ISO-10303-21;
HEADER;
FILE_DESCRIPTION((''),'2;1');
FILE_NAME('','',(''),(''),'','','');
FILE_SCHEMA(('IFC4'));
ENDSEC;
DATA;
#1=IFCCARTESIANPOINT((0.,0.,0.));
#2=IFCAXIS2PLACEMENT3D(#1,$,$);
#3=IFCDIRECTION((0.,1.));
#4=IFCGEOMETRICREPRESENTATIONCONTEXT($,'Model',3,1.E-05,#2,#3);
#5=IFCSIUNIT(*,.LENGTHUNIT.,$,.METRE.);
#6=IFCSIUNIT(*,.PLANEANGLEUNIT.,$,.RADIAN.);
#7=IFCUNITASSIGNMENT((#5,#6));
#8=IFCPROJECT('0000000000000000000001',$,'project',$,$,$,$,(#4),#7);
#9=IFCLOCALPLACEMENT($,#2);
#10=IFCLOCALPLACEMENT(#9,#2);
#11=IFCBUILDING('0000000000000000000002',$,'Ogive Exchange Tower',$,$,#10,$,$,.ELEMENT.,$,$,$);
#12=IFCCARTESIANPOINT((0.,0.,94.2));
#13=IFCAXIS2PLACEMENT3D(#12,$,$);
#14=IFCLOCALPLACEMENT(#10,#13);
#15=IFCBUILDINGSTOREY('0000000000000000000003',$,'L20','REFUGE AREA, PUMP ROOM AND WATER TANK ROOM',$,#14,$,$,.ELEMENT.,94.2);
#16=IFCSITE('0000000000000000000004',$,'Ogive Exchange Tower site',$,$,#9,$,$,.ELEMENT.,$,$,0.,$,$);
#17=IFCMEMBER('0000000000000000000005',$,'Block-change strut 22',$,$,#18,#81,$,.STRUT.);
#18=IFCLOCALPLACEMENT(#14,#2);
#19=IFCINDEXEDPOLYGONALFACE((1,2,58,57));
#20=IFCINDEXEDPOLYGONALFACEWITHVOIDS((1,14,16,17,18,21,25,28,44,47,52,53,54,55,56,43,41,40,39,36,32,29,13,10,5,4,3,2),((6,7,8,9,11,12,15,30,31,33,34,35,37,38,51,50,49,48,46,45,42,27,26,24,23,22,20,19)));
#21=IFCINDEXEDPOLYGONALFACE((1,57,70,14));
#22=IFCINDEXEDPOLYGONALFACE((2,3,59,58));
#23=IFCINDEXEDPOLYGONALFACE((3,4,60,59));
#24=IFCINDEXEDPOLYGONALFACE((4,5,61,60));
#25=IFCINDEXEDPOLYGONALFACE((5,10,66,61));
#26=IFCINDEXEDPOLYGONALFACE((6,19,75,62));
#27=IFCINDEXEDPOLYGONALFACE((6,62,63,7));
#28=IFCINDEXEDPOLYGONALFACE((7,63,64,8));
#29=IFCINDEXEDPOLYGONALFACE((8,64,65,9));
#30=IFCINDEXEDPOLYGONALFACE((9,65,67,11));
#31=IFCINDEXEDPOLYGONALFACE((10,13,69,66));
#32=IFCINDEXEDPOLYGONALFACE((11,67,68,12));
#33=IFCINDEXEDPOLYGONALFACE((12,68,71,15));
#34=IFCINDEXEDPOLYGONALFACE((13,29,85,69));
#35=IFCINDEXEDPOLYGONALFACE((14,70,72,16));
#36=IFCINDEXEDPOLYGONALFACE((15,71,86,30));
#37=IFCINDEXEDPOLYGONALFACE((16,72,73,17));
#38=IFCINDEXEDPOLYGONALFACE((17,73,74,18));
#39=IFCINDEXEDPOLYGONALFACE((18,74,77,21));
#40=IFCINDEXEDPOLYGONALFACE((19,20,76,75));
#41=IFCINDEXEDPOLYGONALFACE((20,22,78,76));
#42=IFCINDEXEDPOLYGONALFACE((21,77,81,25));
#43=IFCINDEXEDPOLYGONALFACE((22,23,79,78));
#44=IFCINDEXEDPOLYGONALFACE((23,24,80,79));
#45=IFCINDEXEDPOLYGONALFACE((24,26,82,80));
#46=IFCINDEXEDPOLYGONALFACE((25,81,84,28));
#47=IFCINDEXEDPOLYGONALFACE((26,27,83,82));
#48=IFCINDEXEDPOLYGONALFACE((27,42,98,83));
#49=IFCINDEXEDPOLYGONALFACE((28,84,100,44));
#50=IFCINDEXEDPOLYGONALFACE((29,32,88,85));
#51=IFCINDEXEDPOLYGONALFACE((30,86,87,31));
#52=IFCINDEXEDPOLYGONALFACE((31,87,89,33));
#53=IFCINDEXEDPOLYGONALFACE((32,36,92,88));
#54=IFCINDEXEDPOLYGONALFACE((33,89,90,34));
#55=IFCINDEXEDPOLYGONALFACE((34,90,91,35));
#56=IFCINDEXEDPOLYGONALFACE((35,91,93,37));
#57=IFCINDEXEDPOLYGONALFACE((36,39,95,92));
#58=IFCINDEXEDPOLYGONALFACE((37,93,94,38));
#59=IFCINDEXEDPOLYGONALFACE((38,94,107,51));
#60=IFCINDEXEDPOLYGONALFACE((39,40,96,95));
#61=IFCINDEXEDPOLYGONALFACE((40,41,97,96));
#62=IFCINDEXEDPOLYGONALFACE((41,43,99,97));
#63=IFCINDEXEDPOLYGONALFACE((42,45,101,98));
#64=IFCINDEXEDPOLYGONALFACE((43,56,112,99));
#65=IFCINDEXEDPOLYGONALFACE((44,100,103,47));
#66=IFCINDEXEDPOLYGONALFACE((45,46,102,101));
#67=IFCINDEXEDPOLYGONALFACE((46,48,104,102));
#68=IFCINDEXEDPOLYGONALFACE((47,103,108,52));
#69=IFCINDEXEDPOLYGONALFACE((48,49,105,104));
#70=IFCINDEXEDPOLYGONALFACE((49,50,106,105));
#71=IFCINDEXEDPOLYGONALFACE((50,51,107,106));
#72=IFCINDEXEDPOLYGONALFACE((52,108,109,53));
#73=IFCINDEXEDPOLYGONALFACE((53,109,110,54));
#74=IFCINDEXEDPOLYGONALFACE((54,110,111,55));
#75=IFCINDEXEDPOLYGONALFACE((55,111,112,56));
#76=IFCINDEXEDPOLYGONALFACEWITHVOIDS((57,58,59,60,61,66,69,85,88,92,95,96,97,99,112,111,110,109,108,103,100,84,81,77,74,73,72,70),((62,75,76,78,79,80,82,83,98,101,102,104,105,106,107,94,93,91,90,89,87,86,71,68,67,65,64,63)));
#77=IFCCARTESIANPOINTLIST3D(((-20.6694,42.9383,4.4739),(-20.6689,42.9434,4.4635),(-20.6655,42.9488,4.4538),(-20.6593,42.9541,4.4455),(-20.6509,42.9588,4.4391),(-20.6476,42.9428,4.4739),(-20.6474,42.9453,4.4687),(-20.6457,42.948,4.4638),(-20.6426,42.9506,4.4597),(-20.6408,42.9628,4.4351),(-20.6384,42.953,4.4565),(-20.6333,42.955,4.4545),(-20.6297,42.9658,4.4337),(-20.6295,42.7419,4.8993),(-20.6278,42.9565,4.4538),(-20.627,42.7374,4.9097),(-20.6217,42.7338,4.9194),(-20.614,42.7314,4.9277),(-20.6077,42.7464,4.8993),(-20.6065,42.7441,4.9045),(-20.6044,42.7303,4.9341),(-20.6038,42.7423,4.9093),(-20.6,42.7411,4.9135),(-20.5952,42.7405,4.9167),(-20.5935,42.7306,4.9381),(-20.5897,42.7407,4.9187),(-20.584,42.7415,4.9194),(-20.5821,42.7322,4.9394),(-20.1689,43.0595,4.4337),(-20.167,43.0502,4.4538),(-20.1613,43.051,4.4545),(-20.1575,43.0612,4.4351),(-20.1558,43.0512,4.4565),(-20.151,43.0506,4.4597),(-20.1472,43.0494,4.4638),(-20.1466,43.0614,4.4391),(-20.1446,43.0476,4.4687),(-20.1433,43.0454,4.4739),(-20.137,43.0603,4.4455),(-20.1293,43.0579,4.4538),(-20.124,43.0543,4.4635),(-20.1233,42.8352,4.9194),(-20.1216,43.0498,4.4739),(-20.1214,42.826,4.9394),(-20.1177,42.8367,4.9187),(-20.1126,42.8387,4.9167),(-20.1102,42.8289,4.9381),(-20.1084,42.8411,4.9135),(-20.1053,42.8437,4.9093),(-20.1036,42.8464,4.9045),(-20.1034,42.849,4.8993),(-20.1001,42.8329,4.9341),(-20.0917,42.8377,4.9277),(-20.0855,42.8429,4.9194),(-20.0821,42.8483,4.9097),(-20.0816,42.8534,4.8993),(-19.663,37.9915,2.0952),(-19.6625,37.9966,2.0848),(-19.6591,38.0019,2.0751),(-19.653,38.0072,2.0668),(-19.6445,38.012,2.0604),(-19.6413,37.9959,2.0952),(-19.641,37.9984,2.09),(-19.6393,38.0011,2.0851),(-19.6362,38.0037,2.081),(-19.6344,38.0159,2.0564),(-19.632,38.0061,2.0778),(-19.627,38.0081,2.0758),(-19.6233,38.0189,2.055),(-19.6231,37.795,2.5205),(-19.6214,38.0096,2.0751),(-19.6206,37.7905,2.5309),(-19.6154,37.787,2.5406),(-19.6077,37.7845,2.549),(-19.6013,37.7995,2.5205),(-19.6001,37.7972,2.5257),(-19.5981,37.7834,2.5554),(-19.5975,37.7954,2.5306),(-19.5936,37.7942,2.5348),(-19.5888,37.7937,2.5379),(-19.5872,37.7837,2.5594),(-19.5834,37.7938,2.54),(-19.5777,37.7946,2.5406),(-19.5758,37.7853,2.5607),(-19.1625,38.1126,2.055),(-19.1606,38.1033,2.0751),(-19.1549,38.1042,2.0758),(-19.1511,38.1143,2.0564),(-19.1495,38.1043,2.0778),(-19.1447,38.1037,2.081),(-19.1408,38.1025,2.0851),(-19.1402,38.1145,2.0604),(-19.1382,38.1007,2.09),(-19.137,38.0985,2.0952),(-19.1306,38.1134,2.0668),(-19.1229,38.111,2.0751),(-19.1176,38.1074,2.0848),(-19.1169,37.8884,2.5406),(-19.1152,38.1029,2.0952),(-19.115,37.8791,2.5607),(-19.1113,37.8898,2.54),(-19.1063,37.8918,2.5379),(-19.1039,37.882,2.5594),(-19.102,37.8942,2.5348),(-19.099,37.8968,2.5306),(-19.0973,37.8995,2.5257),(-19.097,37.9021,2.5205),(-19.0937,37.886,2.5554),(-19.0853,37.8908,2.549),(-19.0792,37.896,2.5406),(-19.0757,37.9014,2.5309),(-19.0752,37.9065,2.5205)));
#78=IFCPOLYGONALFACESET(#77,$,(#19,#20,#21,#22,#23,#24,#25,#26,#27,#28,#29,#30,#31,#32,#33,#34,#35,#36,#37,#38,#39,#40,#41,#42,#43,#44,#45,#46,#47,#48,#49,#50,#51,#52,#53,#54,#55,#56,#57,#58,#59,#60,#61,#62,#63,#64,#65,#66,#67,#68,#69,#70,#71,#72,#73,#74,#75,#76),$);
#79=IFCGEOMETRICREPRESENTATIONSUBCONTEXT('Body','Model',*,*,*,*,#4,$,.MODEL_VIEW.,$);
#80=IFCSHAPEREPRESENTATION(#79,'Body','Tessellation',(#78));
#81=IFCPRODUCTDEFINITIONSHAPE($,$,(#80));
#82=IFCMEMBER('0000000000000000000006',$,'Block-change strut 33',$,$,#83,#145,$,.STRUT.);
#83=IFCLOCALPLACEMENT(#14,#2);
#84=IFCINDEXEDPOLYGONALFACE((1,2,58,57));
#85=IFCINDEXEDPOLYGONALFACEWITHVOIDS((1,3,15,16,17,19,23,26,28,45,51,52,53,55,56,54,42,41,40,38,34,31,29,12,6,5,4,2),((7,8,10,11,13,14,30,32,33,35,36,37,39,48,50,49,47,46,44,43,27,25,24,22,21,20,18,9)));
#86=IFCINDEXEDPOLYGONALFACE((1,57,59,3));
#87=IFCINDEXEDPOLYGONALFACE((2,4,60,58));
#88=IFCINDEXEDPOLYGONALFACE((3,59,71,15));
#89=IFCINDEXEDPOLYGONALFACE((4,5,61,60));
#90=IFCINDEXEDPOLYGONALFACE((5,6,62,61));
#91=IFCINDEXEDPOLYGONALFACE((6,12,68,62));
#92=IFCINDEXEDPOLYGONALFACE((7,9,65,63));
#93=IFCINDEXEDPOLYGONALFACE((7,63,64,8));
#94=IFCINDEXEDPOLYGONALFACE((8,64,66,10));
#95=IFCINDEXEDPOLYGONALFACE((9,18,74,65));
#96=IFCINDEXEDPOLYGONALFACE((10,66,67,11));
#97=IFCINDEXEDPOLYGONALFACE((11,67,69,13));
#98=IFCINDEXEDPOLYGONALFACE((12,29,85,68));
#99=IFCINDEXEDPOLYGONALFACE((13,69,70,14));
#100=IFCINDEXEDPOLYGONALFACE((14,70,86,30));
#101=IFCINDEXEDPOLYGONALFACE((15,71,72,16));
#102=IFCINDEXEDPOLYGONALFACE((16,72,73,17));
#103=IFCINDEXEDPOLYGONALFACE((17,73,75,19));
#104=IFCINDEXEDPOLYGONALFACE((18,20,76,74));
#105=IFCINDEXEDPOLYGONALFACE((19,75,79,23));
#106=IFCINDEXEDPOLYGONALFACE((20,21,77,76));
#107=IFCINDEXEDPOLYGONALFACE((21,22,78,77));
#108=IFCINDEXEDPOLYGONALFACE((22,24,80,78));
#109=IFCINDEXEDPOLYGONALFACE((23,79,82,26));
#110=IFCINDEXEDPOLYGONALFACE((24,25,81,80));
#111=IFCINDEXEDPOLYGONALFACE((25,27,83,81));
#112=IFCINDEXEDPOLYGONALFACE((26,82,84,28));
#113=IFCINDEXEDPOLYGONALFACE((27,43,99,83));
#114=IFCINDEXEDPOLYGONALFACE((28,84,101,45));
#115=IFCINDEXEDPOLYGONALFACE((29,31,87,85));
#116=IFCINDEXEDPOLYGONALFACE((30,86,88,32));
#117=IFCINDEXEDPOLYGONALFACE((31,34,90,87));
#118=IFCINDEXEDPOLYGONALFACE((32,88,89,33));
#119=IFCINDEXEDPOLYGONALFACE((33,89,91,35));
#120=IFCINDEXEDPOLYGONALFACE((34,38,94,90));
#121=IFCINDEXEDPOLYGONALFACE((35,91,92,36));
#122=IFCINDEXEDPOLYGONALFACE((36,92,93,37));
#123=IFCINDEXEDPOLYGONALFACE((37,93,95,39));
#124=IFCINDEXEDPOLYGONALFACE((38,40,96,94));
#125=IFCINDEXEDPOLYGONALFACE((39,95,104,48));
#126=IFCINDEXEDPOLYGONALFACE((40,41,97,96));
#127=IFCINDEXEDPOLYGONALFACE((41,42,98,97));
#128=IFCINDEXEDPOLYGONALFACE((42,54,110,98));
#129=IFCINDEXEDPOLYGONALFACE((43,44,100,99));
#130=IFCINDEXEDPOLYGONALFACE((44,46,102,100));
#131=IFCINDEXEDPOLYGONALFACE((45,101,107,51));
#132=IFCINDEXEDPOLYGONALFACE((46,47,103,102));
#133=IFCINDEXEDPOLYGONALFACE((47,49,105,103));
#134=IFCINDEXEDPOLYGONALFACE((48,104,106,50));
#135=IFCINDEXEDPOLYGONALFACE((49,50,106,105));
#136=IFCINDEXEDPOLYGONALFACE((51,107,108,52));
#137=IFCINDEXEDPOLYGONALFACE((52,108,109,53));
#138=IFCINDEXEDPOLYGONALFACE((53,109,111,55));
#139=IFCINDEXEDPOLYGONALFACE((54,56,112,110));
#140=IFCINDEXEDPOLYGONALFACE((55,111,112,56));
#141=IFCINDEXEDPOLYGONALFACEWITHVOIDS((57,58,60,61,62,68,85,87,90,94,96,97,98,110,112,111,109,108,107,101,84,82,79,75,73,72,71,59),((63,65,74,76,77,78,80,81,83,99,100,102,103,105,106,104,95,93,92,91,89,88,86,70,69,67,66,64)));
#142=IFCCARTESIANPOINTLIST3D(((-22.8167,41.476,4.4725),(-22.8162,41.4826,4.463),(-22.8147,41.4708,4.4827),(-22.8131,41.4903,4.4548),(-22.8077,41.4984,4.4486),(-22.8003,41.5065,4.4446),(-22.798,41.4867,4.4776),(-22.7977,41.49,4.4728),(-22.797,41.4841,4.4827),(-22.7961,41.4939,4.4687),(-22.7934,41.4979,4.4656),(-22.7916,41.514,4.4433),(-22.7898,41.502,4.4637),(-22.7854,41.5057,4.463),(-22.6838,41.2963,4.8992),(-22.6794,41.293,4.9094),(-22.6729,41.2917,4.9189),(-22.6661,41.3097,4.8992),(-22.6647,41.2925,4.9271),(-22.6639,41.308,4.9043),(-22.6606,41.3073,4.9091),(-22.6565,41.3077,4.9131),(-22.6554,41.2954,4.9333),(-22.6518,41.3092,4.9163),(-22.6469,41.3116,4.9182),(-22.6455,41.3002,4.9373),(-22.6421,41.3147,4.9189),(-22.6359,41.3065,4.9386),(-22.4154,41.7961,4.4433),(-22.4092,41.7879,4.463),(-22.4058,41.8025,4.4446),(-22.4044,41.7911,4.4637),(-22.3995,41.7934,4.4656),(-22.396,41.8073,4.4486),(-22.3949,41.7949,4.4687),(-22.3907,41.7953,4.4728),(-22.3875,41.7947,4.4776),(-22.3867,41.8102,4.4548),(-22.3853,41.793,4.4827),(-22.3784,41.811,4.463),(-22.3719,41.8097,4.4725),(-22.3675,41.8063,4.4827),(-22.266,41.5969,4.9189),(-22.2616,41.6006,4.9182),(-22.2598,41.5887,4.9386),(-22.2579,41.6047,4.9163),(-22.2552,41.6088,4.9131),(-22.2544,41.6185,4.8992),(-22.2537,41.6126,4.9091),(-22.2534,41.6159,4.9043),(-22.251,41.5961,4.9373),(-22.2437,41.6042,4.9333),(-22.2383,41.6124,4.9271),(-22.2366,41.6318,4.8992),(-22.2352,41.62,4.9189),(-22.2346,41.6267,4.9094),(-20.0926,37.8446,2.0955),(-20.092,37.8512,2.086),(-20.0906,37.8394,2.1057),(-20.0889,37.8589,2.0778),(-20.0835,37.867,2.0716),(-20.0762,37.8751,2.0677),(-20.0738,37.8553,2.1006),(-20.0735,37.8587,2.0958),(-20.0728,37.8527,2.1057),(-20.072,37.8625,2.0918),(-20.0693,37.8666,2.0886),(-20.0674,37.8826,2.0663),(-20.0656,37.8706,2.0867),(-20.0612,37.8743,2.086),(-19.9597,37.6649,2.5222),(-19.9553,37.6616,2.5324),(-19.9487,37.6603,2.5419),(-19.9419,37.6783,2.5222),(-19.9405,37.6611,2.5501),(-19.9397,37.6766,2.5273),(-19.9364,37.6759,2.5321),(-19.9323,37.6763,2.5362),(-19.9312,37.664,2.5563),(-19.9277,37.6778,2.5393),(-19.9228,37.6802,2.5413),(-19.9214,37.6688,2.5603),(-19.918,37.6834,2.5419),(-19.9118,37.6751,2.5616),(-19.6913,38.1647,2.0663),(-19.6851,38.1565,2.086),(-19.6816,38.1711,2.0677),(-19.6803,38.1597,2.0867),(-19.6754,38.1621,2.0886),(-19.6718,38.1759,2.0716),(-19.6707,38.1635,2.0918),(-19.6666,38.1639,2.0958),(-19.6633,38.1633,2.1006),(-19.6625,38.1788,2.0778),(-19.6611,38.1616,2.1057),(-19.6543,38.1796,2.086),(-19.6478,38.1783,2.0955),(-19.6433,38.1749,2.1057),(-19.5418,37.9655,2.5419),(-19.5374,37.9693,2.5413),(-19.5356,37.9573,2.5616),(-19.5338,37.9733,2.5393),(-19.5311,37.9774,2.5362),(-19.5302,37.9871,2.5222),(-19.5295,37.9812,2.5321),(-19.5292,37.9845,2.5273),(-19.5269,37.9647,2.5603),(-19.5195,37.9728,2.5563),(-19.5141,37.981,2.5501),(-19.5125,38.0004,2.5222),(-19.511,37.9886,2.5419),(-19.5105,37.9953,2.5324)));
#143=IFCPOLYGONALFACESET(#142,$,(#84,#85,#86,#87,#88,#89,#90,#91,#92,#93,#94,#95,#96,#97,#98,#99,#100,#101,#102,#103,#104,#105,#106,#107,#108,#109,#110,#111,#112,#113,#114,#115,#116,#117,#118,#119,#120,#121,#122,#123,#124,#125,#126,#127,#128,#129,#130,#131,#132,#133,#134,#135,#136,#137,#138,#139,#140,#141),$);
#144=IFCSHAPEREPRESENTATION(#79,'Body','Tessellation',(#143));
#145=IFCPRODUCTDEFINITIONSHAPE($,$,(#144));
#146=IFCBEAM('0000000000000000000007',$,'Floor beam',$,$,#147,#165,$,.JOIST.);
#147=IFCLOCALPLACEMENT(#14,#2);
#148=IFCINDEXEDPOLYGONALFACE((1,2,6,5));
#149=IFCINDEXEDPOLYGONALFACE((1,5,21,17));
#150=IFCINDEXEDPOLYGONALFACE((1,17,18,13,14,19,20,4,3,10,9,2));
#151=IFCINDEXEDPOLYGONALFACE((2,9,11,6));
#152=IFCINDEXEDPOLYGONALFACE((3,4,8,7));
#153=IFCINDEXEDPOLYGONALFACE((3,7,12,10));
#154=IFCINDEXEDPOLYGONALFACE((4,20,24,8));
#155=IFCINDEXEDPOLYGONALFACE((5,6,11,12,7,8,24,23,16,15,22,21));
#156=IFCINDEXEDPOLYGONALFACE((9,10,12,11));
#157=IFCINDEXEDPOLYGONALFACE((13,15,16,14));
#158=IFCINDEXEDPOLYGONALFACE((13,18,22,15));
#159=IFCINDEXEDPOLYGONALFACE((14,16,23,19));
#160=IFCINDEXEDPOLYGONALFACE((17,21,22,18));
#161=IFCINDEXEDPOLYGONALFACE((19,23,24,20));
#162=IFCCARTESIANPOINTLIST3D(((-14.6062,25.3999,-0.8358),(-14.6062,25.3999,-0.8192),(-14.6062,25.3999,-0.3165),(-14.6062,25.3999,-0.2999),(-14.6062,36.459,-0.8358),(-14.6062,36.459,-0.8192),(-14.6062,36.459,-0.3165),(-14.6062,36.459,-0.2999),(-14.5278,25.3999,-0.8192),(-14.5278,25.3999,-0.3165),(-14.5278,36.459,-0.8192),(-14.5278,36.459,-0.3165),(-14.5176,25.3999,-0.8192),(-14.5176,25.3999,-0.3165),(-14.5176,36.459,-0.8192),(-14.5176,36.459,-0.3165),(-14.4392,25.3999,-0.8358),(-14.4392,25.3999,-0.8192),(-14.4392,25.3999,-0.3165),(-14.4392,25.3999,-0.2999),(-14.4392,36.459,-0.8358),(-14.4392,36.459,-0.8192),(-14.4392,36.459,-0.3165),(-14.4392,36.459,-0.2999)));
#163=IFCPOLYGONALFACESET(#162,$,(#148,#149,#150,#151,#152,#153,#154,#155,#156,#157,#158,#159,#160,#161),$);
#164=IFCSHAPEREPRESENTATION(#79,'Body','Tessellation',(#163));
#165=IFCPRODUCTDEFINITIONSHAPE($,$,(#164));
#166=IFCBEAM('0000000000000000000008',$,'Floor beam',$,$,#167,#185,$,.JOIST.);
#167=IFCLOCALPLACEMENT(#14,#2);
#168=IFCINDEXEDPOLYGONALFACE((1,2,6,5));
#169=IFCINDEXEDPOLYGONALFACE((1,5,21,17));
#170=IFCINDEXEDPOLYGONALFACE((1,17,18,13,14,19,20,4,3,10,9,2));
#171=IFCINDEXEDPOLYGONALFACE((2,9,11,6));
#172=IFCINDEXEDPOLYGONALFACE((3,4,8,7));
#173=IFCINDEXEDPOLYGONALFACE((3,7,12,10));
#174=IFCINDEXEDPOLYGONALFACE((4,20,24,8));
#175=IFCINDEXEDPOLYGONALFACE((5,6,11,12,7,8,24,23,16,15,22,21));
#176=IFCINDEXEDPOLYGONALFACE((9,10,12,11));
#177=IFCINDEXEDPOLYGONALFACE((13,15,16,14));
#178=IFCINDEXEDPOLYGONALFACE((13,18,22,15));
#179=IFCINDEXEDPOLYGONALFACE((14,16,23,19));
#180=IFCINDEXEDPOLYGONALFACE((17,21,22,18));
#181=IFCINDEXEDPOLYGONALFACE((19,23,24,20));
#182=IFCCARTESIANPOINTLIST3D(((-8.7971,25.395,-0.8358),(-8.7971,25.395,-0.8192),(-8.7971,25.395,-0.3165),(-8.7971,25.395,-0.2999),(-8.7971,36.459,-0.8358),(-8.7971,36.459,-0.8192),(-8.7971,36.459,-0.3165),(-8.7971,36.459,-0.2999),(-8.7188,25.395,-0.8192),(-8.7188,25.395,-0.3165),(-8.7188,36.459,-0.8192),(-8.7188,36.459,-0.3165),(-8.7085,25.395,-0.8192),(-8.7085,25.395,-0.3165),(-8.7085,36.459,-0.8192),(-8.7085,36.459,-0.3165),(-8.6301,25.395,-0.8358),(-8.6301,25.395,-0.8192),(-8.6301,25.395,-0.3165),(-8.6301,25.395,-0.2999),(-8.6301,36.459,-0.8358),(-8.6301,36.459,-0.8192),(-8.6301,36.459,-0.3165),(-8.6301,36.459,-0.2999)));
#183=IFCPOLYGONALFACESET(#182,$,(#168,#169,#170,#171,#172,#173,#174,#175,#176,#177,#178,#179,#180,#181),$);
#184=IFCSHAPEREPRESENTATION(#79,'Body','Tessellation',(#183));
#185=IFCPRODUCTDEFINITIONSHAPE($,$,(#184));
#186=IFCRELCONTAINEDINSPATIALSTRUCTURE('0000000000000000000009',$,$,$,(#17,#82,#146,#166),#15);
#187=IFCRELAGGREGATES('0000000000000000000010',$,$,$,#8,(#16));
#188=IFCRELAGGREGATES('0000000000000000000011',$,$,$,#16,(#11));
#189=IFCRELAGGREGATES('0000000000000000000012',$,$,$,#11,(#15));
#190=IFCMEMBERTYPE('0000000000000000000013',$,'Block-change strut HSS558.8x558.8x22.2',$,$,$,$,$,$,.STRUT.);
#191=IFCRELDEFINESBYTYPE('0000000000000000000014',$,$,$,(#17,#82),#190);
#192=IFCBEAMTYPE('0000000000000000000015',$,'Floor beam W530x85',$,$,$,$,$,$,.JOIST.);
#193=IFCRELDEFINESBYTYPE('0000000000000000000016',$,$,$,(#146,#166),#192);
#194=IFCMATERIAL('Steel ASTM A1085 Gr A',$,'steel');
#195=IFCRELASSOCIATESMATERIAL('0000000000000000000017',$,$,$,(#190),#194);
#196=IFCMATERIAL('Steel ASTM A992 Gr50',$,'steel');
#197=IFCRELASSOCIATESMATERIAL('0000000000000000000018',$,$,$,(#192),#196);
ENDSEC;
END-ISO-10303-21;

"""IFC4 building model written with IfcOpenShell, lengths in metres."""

from ifc_helpers import new_model, si_unit, direction, frame, origin, origin_2d, place, context, subcontext, project, spatial, hollow_rectangle, i_section, extrude, material, material_profile, profile_set, type_object, element, save


model = new_model("IFC4")

# Units and contexts
model_context = context("Model", 3, precision=1e-05, world=origin(), true_north=direction((0.0, 1.0)))
body_context = subcontext(model_context, "Body", "Model", "MODEL_VIEW")
ifc_project = project(units=[si_unit("LENGTHUNIT", "METRE"), si_unit("PLANEANGLEUNIT", "RADIAN")], contexts=[model_context])

# Site, building, storey
site_placement = place(None, origin())
site = spatial("IfcSite", under=ifc_project, at=site_placement, Name="Ogive Exchange Tower site", CompositionType="ELEMENT", RefElevation=0.0)
building_placement = place(site_placement, origin())
building = spatial("IfcBuilding", under=site, at=building_placement, Name="Ogive Exchange Tower", CompositionType="ELEMENT")
storey_placement = place(building_placement, frame((0.0, 0.0, 94.2)))
storey = spatial("IfcBuildingStorey", under=building, at=storey_placement, Name="L20", Description="REFUGE AREA, PUMP ROOM AND WATER TANK ROOM", CompositionType="ELEMENT", Elevation=94.2)

# Shared definitions
ifc_material_1 = material(Name="Steel ASTM A992 Gr50", Category="steel")

# Shared definitions
ifc_material_2 = material(Name="Steel ASTM A1085 Gr A", Category="steel")

# Members
ifc_material_profile_1 = material_profile(ifc_material_2, hollow_rectangle(XDim=0.5591, YDim=0.5591, WallThickness=0.0222, InnerFilletRadius=0.0222, OuterFilletRadius=0.0444, at=origin_2d()), Name="HSS558.8x558.8x22.2")
ifc_profile_set_1 = profile_set([ifc_material_profile_1], Name="Steel ASTM A1085 Gr A")
member_type_1 = type_object("IfcMemberType", Name="Block-change strut HSS558.8x558.8x22.2", PredefinedType="STRUT", material=ifc_profile_set_1)
member_1_placement = place(storey_placement, frame((-19.3691, 37.949, 2.3079), z_axis=(-0.180335, 0.886448, 0.426249), x_axis=(-0.979928, -0.199352, 0.0)))
element("IfcMember", 1, at=member_1_placement, inside=storey, type_object=member_type_1, Name="Block-change strut 22", PredefinedType="STRUT", context=body_context, shape_type="SweptSolid", body=[
    extrude(hollow_rectangle(XDim=0.5591, YDim=0.5591, WallThickness=0.0222, InnerFilletRadius=0.0222, OuterFilletRadius=0.0444, at=origin_2d()), origin(), (0.0, 0.0, 1.0), 5.5806),
])
member_2_placement = place(storey_placement, frame((-19.8015, 37.9199, 2.314), z_axis=(-0.531619, 0.708666, 0.463868), x_axis=(-0.799935, -0.600086, 0.0)))
element("IfcMember", 2, at=member_2_placement, inside=storey, type_object=member_type_1, Name="Block-change strut 33", PredefinedType="STRUT", context=body_context, shape_type="SweptSolid", body=[
    extrude(hollow_rectangle(XDim=0.5591, YDim=0.5591, WallThickness=0.0222, InnerFilletRadius=0.0222, OuterFilletRadius=0.0444, at=origin_2d()), origin(), (0.0, 0.0, 1.0), 5.1243),
])

# Beams
ifc_material_profile_2 = material_profile(ifc_material_1, i_section(OverallWidth=0.167, OverallDepth=0.5359, WebThickness=0.0103, FlangeThickness=0.0166, at=origin_2d()), Name="W530x85")
ifc_profile_set_2 = profile_set([ifc_material_profile_2], Name="Steel ASTM A992 Gr50")
beam_type_1 = type_object("IfcBeamType", Name="Floor beam W530x85", PredefinedType="JOIST", material=ifc_profile_set_2)
beam_1_placement = place(storey_placement, frame((-14.5227, 25.3999, -0.5679), z_axis=(0.0, 1.0, 0.0), x_axis=(-1.0, 0.0, 0.0)))
element("IfcBeam", 3, at=beam_1_placement, inside=storey, type_object=beam_type_1, Name="Floor beam", PredefinedType="JOIST", context=body_context, shape_type="SweptSolid", body=[
    extrude(i_section(OverallWidth=0.167, OverallDepth=0.5359, WebThickness=0.0103, FlangeThickness=0.0166, at=origin_2d()), origin(), (0.0, 0.0, 1.0), 11.0591),
])
for number, where, z_axis, x_axis, name in (
    (4, (-8.7136, 25.395, -0.5679), (0.0, 1.0, 0.0), (-1.0, 0.0, 0.0), "Floor beam"),
):
    element("IfcBeam", number, at=place(storey_placement, frame(where, z_axis=z_axis, x_axis=x_axis)), inside=storey, type_object=beam_type_1, Name=name, PredefinedType="JOIST", context=body_context, shape_type="SweptSolid", body=[
        extrude(i_section(OverallWidth=0.167, OverallDepth=0.5359, WebThickness=0.0103, FlangeThickness=0.0166, at=origin_2d()), origin(), (0.0, 0.0, 1.0), 11.064),
    ])

save(model, "model.ifc")
